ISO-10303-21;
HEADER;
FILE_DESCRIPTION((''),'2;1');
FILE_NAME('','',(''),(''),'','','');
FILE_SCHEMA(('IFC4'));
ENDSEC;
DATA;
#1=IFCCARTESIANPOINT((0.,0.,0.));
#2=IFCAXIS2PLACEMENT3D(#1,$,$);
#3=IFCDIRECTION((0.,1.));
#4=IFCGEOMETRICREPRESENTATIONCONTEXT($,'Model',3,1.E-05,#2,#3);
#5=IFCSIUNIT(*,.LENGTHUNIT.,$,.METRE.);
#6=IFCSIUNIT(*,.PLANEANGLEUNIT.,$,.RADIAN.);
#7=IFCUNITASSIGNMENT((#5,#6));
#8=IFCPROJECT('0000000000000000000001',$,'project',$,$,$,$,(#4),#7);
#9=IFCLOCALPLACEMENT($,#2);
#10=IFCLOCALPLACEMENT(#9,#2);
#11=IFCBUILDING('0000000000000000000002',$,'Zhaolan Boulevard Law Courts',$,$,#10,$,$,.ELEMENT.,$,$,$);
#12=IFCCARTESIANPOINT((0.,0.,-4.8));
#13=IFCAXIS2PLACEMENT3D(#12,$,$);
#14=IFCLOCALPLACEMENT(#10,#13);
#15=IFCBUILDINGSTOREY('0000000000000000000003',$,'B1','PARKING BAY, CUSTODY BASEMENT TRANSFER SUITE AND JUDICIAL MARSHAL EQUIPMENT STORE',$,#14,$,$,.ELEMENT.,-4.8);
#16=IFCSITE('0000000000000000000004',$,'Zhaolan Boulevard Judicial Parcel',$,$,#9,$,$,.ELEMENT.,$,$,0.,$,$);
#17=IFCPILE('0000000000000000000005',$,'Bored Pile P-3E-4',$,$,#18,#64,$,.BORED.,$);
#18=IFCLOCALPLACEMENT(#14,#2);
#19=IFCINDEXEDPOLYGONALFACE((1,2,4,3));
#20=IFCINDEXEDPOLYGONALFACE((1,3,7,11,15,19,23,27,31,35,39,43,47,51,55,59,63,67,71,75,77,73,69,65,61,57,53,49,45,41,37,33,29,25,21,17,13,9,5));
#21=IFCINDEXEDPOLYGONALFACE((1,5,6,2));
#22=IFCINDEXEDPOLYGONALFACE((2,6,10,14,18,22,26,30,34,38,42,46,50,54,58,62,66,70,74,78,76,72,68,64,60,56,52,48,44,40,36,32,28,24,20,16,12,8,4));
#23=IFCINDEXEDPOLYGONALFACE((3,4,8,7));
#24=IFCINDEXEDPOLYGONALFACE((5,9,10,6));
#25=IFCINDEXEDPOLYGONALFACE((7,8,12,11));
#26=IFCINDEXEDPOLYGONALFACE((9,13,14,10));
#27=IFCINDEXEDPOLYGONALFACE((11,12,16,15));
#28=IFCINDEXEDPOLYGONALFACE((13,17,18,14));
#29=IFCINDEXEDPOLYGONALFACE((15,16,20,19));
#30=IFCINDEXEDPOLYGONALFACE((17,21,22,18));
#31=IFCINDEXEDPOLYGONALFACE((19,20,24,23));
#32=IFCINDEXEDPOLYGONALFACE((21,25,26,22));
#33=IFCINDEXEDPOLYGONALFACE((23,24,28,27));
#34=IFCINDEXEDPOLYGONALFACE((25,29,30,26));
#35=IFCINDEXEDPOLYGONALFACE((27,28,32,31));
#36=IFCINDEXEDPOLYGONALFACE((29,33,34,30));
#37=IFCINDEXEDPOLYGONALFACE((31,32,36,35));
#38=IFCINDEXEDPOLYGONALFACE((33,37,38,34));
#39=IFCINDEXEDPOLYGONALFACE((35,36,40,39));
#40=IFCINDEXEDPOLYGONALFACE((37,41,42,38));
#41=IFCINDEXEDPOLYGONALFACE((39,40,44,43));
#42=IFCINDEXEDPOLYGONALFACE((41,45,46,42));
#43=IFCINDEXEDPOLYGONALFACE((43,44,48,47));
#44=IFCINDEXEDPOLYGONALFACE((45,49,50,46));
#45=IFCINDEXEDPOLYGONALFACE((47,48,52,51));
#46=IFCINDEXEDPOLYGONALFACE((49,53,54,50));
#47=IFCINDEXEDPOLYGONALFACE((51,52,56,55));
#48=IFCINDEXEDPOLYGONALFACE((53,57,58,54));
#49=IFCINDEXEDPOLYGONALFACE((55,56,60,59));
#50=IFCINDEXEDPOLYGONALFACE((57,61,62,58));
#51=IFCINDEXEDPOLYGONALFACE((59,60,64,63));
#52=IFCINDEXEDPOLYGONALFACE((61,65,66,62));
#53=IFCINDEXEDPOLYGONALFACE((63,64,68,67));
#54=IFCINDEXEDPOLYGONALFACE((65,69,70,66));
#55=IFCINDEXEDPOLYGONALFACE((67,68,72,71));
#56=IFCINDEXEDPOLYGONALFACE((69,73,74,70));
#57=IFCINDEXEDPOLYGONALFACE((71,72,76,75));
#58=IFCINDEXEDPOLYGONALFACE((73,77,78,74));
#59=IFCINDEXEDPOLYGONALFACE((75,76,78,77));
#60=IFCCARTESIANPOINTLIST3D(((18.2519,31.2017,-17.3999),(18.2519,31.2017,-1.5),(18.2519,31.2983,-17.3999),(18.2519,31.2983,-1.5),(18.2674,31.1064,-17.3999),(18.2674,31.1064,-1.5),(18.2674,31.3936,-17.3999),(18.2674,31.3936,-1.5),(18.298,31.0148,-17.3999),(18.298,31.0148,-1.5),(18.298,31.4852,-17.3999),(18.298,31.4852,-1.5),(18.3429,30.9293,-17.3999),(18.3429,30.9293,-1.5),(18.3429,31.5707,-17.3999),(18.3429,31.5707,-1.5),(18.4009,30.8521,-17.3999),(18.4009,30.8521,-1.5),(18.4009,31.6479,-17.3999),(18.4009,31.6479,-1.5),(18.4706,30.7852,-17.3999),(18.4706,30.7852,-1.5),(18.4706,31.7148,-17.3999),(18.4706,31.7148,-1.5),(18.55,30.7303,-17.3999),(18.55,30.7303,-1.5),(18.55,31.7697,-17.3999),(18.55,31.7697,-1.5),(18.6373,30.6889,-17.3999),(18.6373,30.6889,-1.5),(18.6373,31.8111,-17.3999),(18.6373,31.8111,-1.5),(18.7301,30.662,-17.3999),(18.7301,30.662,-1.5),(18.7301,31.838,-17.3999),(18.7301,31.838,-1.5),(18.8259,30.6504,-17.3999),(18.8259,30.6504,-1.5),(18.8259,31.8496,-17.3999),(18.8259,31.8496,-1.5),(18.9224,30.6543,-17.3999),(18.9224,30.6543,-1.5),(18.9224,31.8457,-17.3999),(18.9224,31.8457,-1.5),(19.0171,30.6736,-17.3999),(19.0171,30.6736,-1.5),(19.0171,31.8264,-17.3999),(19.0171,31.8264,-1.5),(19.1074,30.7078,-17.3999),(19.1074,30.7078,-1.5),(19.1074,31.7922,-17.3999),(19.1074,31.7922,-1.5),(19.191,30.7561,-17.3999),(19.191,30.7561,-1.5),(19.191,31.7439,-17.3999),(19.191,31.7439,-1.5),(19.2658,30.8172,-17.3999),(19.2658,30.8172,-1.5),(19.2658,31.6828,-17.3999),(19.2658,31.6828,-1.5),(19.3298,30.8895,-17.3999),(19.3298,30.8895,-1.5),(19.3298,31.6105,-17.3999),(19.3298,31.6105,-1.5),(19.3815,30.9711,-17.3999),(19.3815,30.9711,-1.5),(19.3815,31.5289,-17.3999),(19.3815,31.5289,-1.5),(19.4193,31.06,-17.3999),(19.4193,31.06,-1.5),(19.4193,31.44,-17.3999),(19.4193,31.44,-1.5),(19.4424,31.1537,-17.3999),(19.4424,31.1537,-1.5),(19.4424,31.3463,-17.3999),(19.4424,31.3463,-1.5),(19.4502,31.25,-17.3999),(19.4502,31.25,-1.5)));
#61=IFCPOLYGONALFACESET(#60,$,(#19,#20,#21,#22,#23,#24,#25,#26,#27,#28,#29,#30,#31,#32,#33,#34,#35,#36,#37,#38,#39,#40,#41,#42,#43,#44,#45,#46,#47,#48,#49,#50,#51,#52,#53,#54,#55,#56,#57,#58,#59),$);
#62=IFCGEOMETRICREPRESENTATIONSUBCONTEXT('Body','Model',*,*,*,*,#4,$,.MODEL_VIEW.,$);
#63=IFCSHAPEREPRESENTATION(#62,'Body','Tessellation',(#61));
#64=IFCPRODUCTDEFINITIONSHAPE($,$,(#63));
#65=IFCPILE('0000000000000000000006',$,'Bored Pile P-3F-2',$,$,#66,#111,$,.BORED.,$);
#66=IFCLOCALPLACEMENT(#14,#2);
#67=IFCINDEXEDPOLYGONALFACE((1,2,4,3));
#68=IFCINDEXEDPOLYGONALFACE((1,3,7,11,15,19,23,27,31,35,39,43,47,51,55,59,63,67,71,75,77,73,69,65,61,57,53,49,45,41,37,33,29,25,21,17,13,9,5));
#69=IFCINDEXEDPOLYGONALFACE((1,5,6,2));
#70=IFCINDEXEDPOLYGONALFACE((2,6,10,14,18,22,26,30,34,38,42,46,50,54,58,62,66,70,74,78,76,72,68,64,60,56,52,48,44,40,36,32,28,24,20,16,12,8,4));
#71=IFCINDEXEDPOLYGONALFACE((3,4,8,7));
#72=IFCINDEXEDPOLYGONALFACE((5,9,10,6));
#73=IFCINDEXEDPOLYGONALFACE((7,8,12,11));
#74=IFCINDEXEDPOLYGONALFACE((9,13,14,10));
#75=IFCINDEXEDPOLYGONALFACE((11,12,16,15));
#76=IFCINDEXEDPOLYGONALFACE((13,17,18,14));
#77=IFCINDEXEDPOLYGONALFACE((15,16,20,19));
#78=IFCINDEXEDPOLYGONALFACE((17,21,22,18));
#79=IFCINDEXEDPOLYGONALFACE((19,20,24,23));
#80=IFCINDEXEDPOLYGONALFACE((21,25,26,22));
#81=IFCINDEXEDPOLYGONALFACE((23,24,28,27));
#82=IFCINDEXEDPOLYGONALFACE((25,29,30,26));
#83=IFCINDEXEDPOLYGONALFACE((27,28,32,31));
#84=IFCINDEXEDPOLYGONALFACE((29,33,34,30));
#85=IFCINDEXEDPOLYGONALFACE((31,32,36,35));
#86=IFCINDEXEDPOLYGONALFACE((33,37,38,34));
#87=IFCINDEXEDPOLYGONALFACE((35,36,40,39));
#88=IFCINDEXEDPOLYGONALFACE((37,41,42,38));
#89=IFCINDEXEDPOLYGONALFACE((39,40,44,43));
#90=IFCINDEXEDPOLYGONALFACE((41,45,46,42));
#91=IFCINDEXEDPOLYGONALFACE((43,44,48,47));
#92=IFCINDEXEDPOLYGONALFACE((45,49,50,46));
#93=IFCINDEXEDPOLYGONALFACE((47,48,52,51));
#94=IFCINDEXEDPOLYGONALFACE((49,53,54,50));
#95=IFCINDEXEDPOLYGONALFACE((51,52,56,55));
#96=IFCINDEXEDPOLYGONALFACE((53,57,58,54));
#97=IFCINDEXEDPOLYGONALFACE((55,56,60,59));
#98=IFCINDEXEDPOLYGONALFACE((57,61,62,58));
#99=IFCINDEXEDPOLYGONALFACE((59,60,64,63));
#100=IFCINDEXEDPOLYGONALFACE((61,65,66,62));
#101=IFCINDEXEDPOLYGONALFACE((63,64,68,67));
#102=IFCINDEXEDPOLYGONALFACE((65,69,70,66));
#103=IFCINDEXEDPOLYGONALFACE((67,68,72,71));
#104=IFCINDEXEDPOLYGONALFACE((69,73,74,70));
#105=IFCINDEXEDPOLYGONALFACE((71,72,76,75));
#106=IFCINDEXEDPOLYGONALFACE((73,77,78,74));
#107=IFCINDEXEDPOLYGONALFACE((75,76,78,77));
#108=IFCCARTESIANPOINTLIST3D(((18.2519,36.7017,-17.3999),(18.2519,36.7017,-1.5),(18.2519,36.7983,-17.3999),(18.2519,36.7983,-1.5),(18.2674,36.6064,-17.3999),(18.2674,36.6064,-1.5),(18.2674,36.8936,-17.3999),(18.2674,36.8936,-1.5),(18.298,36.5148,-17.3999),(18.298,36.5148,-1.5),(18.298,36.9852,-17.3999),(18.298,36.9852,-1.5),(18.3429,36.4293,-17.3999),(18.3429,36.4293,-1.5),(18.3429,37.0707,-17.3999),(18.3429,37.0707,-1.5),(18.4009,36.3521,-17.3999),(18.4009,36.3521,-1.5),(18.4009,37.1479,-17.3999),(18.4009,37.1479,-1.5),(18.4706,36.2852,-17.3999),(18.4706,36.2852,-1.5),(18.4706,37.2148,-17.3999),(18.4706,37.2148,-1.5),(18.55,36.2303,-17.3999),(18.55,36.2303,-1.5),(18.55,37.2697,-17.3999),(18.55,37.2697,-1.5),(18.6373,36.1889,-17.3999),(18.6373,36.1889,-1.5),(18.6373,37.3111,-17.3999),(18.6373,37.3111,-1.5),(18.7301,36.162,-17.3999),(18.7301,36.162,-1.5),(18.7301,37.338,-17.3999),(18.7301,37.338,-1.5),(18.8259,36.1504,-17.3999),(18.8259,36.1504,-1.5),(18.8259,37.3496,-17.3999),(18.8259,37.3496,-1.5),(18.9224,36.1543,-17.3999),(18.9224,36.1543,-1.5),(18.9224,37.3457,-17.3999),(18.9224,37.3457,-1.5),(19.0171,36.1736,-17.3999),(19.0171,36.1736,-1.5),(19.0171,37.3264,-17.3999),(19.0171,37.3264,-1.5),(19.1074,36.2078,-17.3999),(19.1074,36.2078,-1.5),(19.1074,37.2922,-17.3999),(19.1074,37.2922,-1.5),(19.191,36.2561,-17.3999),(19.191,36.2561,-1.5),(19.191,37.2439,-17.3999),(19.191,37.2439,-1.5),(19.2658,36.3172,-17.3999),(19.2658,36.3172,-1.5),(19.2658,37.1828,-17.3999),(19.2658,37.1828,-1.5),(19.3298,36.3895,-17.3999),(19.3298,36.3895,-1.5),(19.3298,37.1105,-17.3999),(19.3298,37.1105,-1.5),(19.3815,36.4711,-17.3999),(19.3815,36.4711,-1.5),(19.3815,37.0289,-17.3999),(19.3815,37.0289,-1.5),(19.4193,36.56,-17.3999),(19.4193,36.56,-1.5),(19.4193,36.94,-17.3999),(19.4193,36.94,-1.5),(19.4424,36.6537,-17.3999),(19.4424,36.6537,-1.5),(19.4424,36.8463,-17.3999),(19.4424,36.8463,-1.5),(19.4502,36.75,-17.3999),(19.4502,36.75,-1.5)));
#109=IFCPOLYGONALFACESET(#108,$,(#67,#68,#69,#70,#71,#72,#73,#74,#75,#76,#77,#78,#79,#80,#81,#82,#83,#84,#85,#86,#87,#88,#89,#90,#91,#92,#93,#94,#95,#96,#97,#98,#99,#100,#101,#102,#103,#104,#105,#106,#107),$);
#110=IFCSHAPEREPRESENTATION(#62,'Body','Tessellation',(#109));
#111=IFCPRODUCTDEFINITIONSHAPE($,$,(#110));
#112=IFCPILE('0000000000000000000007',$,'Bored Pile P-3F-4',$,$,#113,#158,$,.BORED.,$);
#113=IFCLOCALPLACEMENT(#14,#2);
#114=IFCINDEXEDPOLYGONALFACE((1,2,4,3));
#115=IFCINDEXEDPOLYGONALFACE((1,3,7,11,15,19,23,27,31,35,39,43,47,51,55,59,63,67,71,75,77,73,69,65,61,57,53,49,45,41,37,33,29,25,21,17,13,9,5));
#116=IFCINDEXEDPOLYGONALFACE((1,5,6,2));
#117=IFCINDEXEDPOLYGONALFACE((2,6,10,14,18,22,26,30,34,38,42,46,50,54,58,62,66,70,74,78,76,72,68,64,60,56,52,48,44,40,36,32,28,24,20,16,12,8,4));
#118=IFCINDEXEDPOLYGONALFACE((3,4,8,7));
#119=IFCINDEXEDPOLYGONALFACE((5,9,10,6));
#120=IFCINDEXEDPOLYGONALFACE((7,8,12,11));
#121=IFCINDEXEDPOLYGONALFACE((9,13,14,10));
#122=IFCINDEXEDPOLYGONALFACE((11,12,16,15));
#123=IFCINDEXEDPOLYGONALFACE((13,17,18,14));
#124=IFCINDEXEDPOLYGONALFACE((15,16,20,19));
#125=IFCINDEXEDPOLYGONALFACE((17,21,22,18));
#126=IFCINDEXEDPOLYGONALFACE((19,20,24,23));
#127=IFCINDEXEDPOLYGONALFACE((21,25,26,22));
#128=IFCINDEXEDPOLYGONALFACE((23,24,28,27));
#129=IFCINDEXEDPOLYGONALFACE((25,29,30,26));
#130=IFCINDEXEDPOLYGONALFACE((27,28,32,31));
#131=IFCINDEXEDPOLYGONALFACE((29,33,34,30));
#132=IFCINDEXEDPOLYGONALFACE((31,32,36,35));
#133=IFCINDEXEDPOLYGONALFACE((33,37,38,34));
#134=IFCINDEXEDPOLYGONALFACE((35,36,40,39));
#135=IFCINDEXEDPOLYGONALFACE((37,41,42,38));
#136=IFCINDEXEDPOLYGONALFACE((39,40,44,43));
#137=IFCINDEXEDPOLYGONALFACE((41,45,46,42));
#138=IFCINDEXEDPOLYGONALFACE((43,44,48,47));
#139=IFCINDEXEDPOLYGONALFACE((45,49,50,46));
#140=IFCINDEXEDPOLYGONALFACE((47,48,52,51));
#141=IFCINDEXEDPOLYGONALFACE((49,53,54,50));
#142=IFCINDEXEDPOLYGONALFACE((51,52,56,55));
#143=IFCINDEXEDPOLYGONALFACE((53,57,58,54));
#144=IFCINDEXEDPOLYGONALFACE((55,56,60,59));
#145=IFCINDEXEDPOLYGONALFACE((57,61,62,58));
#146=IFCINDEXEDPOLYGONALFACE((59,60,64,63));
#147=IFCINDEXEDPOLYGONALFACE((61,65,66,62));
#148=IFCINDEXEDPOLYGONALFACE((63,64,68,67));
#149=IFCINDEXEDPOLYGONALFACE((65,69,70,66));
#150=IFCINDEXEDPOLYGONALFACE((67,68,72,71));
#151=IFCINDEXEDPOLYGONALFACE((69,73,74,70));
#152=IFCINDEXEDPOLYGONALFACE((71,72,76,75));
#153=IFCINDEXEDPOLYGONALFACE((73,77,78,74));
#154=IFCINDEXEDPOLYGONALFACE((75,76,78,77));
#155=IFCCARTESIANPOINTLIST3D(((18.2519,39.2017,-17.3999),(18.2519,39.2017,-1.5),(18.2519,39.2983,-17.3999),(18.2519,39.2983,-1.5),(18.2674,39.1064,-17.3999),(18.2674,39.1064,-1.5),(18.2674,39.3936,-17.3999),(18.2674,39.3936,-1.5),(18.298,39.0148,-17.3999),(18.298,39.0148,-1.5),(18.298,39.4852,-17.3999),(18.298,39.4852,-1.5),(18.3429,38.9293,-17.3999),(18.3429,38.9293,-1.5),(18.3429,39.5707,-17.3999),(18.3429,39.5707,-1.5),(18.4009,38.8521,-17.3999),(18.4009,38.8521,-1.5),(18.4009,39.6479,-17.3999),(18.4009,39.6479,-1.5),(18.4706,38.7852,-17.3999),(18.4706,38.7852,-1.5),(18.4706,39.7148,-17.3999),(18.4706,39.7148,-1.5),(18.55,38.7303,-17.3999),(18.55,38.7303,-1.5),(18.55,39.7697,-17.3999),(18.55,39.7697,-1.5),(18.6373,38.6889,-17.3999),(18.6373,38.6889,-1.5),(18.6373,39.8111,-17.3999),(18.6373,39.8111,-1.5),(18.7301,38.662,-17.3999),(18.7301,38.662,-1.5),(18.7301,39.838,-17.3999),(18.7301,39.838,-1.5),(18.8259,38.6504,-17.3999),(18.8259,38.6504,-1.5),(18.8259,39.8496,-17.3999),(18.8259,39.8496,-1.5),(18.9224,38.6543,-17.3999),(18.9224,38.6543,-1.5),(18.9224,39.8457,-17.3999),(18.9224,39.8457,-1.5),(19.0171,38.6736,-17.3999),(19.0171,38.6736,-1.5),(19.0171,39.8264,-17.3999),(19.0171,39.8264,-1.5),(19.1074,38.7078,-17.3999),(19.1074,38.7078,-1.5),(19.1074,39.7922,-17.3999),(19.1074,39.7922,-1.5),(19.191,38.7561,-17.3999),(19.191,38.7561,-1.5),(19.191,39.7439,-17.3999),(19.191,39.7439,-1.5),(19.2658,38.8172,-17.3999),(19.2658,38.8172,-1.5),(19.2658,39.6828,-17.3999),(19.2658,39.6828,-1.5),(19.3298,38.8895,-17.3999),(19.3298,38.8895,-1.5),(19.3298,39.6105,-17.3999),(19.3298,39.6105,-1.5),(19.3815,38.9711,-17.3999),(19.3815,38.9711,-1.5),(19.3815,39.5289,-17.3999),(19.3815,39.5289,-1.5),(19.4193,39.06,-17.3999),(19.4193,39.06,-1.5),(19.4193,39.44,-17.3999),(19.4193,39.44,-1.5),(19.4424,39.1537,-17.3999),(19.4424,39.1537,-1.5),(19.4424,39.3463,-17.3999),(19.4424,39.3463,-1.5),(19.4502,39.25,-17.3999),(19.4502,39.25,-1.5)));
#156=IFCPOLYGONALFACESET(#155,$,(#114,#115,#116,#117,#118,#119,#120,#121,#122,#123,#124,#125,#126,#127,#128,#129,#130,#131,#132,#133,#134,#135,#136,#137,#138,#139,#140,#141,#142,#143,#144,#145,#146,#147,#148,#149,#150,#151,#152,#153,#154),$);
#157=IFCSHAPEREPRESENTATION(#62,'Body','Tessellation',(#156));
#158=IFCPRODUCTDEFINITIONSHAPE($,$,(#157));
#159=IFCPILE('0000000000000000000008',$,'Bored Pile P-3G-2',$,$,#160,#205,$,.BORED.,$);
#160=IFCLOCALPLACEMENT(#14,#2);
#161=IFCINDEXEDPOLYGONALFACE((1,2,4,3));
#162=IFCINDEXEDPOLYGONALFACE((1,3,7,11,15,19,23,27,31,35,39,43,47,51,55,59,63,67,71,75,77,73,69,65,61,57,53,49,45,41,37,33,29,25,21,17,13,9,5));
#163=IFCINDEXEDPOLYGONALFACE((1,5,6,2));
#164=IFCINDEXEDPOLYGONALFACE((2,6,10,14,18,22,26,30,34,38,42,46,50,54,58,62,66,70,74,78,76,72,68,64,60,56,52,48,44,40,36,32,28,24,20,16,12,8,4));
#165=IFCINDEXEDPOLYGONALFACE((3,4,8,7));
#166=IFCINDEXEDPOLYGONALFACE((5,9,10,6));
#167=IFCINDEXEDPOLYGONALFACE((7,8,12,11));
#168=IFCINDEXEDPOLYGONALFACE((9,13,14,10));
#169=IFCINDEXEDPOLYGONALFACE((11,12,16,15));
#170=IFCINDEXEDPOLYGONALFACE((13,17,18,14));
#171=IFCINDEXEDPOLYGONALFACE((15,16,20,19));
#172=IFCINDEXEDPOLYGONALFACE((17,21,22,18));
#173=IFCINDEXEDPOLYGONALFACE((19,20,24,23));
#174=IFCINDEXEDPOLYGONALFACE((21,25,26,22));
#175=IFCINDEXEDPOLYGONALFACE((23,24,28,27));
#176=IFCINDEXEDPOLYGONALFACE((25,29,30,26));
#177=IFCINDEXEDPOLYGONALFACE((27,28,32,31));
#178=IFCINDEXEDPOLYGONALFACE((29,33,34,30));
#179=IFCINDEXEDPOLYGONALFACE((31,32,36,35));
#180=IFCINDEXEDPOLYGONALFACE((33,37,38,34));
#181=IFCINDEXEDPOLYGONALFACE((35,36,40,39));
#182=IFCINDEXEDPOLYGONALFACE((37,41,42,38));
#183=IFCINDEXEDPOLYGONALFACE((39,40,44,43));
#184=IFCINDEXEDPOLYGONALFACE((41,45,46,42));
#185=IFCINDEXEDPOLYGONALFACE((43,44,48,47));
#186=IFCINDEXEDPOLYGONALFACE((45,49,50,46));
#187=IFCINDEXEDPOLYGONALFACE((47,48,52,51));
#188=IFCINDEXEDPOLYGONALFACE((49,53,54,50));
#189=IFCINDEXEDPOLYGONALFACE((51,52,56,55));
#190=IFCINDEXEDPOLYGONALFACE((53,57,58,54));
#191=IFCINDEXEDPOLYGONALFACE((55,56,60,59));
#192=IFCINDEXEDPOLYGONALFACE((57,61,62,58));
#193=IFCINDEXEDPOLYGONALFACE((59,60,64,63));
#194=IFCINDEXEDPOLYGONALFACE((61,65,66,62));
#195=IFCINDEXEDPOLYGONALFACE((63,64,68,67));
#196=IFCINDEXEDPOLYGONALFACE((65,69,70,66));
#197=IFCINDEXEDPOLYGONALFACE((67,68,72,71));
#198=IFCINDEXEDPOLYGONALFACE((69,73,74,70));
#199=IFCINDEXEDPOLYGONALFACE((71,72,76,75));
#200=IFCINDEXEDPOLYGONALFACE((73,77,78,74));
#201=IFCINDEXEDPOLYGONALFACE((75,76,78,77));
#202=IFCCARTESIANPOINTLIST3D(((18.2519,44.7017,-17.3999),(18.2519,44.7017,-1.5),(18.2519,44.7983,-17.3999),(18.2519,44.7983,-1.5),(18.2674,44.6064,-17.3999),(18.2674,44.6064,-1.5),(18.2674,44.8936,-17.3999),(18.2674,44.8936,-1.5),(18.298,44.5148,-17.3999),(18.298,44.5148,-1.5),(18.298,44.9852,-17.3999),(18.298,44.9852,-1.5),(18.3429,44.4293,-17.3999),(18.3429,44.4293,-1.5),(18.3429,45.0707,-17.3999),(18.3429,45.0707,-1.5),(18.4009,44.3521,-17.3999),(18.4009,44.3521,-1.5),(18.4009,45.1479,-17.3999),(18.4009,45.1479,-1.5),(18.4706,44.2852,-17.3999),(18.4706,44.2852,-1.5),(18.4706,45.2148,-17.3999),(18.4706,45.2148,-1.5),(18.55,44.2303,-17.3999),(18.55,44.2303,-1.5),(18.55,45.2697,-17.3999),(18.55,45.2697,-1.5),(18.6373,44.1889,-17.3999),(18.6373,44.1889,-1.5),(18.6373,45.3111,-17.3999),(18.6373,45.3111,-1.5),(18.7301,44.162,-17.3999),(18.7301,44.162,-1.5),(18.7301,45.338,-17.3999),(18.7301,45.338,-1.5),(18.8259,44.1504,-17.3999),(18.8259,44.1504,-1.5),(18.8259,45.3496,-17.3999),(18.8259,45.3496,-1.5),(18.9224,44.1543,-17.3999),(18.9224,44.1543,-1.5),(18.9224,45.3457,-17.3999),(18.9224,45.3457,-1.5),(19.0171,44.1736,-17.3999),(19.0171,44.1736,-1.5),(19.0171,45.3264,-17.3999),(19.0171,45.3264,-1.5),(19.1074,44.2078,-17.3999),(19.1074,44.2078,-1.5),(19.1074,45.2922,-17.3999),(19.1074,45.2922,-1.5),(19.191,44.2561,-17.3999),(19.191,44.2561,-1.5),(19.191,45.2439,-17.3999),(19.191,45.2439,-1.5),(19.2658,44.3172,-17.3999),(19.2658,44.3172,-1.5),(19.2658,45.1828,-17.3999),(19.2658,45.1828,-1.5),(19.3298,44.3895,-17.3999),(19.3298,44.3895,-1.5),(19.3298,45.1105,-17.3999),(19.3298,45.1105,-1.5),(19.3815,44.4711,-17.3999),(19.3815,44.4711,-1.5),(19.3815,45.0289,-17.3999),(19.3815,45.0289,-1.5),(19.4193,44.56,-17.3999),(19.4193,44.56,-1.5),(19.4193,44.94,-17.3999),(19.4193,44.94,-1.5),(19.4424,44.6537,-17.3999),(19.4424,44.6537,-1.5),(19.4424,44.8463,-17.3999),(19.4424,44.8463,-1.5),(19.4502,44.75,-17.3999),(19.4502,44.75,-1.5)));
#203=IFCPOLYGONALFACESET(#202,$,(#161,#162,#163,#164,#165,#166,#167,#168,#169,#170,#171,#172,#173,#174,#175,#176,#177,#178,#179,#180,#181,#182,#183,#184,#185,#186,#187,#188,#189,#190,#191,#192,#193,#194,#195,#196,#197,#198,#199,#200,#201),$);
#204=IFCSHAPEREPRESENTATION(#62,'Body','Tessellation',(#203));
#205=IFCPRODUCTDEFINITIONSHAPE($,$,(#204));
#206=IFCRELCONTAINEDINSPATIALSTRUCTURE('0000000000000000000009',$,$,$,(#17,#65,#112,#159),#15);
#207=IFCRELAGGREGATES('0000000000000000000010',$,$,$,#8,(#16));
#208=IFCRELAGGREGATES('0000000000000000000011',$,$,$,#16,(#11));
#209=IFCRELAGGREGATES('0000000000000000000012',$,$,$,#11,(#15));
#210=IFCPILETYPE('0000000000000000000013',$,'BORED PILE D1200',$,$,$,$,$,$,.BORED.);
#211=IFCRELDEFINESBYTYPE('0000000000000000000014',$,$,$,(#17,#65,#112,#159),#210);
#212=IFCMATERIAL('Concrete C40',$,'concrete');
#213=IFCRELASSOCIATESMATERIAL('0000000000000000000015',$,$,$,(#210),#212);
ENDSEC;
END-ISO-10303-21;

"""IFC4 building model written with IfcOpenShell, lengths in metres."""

from ifc_helpers import new_model, si_unit, direction, frame, origin, origin_2d, place, context, subcontext, project, spatial, circle, extrude, material, material_profile, profile_set, type_object, element, save


model = new_model("IFC4")

# Units and contexts
model_context = context("Model", 3, precision=1e-05, world=origin(), true_north=direction((0.0, 1.0)))
body_context = subcontext(model_context, "Body", "Model", "MODEL_VIEW")
ifc_project = project(units=[si_unit("LENGTHUNIT", "METRE"), si_unit("PLANEANGLEUNIT", "RADIAN")], contexts=[model_context])

# Site, building, storey
site_placement = place(None, origin())
site = spatial("IfcSite", under=ifc_project, at=site_placement, Name="Zhaolan Boulevard Judicial Parcel", CompositionType="ELEMENT", RefElevation=0.0)
building_placement = place(site_placement, origin())
building = spatial("IfcBuilding", under=site, at=building_placement, Name="Zhaolan Boulevard Law Courts", CompositionType="ELEMENT")
storey_placement = place(building_placement, frame((0.0, 0.0, -4.8)))
storey = spatial("IfcBuildingStorey", under=building, at=storey_placement, Name="B1", Description="PARKING BAY, CUSTODY BASEMENT TRANSFER SUITE AND JUDICIAL MARSHAL EQUIPMENT STORE", CompositionType="ELEMENT", Elevation=-4.8)

# Piles
ifc_material_1 = material(Name="Concrete C40", Category="concrete")
ifc_material_profile_1 = material_profile(ifc_material_1, circle(Radius=0.6001, at=origin_2d()), Name="PILE-D1200")
ifc_profile_set_1 = profile_set([ifc_material_profile_1], Name="Concrete C40")
pile_type = type_object("IfcPileType", Name="BORED PILE D1200", PredefinedType="BORED", material=ifc_profile_set_1)
for number, where, z_axis, x_axis, name in (
    (1, (18.8501, 31.25, -1.5), (0.0, 0.0, -1.0), (1.0, 0.0, 0.0), "Bored Pile P-3E-4"),
    (2, (18.8501, 36.75, -1.5), (0.0, 0.0, -1.0), (1.0, 0.0, 0.0), "Bored Pile P-3F-2"),
    (3, (18.8501, 39.25, -1.5), (0.0, 0.0, -1.0), (1.0, 0.0, 0.0), "Bored Pile P-3F-4"),
    (4, (18.8501, 44.75, -1.5), (0.0, 0.0, -1.0), (1.0, 0.0, 0.0), "Bored Pile P-3G-2"),
):
    element("IfcPile", number, at=place(storey_placement, frame(where, z_axis=z_axis, x_axis=x_axis)), inside=storey, type_object=pile_type, Name=name, PredefinedType="BORED", context=body_context, shape_type="SweptSolid", body=[
        extrude(circle(Radius=0.6001, at=origin_2d()), origin(), (0.0, 0.0, 1.0), 15.8999),
    ])

save(model, "model.ifc")
